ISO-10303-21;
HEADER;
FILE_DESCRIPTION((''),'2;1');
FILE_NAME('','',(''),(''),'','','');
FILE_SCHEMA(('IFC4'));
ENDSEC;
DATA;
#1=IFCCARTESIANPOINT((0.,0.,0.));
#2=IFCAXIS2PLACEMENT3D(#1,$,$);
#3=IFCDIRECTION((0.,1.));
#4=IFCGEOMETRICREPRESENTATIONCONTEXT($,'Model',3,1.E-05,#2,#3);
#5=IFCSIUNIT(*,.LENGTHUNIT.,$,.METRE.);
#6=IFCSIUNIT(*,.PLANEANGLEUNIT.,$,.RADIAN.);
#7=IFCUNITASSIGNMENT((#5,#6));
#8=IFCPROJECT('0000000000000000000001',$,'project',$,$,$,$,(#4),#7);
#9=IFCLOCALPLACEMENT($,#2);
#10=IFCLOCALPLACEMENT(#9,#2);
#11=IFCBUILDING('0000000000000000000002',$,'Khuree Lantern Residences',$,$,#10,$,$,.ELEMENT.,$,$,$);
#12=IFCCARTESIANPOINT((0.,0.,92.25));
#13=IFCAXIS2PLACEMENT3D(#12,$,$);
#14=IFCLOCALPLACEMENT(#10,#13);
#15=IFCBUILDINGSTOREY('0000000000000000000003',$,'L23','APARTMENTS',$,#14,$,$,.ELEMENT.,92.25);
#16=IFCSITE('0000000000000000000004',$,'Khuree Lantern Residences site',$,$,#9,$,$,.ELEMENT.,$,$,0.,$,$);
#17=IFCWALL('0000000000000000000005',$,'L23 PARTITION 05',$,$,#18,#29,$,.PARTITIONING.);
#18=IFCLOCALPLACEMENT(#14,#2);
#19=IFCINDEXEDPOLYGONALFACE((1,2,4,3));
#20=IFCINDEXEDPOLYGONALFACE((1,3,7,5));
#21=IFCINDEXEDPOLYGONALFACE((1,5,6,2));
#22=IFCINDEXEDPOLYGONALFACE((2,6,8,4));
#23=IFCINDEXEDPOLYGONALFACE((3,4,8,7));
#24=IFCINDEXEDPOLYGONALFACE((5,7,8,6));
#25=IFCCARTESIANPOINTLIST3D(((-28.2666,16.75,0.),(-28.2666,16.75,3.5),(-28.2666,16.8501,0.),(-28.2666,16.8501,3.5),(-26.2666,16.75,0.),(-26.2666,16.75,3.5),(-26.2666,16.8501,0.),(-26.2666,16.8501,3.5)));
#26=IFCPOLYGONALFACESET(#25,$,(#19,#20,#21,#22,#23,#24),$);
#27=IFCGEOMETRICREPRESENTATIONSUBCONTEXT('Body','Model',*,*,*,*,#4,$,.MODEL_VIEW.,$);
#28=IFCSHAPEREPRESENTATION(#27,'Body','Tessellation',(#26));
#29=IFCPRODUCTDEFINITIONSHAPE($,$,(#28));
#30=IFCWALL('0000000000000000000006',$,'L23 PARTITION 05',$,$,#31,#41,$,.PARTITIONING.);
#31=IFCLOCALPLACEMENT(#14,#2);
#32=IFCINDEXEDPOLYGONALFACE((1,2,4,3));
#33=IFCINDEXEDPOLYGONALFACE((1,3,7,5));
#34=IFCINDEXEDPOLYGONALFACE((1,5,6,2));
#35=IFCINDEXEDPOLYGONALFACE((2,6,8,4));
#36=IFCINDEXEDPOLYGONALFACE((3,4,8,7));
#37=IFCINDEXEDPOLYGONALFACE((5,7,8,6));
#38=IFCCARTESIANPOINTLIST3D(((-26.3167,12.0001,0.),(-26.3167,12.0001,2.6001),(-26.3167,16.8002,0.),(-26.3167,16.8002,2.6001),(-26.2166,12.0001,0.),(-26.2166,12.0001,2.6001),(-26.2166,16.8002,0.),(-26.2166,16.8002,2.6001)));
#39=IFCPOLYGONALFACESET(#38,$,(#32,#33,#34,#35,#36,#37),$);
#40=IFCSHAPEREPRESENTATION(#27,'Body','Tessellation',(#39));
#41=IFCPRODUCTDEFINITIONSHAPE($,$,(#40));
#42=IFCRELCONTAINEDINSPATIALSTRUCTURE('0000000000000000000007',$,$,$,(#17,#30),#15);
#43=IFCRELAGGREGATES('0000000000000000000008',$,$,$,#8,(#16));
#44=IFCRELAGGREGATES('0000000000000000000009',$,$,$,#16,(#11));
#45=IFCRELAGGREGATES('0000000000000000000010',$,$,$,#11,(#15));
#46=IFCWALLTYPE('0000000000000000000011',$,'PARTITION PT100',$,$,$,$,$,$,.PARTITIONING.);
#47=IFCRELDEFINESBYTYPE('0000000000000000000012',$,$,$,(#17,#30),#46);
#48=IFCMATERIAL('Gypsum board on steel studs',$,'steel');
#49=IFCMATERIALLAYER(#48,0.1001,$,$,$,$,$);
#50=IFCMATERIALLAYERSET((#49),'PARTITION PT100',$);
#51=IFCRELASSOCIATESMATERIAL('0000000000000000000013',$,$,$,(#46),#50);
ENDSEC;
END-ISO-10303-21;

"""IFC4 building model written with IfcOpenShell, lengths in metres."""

from ifc_helpers import new_model, si_unit, direction, frame, frame_2d, origin, place, context, subcontext, project, spatial, rectangle, extrude, material, layer, layer_set, type_object, element, save


model = new_model("IFC4")

# Units and contexts
model_context = context("Model", 3, precision=1e-05, world=origin(), true_north=direction((0.0, 1.0)))
body_context = subcontext(model_context, "Body", "Model", "MODEL_VIEW")
ifc_project = project(units=[si_unit("LENGTHUNIT", "METRE"), si_unit("PLANEANGLEUNIT", "RADIAN")], contexts=[model_context])

# Site, building, storey
site_placement = place(None, origin())
site = spatial("IfcSite", under=ifc_project, at=site_placement, Name="Khuree Lantern Residences site", CompositionType="ELEMENT", RefElevation=0.0)
building_placement = place(site_placement, origin())
building = spatial("IfcBuilding", under=site, at=building_placement, Name="Khuree Lantern Residences", CompositionType="ELEMENT")
storey_placement = place(building_placement, frame((0.0, 0.0, 92.25)))
storey = spatial("IfcBuildingStorey", under=building, at=storey_placement, Name="L23", Description="APARTMENTS", CompositionType="ELEMENT", Elevation=92.25)

# Shared definitions
ifc_material_1 = material(Name="Gypsum board on steel studs", Category="steel")
ifc_layer_1 = layer(ifc_material_1, 0.1001)
ifc_layer_set_1 = layer_set([ifc_layer_1], Name="PARTITION PT100")
wall_type_1 = type_object("IfcWallType", Name="PARTITION PT100", PredefinedType="PARTITIONING", material=ifc_layer_set_1)

# Walls
wall_1_placement = place(storey_placement, frame((-26.2666, 16.8, 0.0), z_axis=(0.0, 0.0, 1.0), x_axis=(-1.0, 0.0, 0.0)))
element("IfcWall", 1, at=wall_1_placement, inside=storey, type_object=wall_type_1, Name="L23 PARTITION 05", PredefinedType="PARTITIONING", context=body_context, shape_type="SweptSolid", body=[
    extrude(rectangle(XDim=2.0, YDim=0.1001, at=frame_2d((1.0, 0.0))), origin(), (0.0, 0.0, 1.0), 3.5),
])
wall_2_placement = place(storey_placement, frame((-26.2666, 16.8, 0.0), z_axis=(0.0, 0.0, 1.0), x_axis=(0.0, -1.0, 0.0)))
element("IfcWall", 2, at=wall_2_placement, inside=storey, type_object=wall_type_1, Name="L23 PARTITION 05", PredefinedType="PARTITIONING", context=body_context, shape_type="SweptSolid", body=[
    extrude(rectangle(XDim=4.8, YDim=0.1001, at=frame_2d((2.3999, 0.0))), origin(), (0.0, 0.0, 1.0), 2.6001),
])

save(model, "model.ifc")
